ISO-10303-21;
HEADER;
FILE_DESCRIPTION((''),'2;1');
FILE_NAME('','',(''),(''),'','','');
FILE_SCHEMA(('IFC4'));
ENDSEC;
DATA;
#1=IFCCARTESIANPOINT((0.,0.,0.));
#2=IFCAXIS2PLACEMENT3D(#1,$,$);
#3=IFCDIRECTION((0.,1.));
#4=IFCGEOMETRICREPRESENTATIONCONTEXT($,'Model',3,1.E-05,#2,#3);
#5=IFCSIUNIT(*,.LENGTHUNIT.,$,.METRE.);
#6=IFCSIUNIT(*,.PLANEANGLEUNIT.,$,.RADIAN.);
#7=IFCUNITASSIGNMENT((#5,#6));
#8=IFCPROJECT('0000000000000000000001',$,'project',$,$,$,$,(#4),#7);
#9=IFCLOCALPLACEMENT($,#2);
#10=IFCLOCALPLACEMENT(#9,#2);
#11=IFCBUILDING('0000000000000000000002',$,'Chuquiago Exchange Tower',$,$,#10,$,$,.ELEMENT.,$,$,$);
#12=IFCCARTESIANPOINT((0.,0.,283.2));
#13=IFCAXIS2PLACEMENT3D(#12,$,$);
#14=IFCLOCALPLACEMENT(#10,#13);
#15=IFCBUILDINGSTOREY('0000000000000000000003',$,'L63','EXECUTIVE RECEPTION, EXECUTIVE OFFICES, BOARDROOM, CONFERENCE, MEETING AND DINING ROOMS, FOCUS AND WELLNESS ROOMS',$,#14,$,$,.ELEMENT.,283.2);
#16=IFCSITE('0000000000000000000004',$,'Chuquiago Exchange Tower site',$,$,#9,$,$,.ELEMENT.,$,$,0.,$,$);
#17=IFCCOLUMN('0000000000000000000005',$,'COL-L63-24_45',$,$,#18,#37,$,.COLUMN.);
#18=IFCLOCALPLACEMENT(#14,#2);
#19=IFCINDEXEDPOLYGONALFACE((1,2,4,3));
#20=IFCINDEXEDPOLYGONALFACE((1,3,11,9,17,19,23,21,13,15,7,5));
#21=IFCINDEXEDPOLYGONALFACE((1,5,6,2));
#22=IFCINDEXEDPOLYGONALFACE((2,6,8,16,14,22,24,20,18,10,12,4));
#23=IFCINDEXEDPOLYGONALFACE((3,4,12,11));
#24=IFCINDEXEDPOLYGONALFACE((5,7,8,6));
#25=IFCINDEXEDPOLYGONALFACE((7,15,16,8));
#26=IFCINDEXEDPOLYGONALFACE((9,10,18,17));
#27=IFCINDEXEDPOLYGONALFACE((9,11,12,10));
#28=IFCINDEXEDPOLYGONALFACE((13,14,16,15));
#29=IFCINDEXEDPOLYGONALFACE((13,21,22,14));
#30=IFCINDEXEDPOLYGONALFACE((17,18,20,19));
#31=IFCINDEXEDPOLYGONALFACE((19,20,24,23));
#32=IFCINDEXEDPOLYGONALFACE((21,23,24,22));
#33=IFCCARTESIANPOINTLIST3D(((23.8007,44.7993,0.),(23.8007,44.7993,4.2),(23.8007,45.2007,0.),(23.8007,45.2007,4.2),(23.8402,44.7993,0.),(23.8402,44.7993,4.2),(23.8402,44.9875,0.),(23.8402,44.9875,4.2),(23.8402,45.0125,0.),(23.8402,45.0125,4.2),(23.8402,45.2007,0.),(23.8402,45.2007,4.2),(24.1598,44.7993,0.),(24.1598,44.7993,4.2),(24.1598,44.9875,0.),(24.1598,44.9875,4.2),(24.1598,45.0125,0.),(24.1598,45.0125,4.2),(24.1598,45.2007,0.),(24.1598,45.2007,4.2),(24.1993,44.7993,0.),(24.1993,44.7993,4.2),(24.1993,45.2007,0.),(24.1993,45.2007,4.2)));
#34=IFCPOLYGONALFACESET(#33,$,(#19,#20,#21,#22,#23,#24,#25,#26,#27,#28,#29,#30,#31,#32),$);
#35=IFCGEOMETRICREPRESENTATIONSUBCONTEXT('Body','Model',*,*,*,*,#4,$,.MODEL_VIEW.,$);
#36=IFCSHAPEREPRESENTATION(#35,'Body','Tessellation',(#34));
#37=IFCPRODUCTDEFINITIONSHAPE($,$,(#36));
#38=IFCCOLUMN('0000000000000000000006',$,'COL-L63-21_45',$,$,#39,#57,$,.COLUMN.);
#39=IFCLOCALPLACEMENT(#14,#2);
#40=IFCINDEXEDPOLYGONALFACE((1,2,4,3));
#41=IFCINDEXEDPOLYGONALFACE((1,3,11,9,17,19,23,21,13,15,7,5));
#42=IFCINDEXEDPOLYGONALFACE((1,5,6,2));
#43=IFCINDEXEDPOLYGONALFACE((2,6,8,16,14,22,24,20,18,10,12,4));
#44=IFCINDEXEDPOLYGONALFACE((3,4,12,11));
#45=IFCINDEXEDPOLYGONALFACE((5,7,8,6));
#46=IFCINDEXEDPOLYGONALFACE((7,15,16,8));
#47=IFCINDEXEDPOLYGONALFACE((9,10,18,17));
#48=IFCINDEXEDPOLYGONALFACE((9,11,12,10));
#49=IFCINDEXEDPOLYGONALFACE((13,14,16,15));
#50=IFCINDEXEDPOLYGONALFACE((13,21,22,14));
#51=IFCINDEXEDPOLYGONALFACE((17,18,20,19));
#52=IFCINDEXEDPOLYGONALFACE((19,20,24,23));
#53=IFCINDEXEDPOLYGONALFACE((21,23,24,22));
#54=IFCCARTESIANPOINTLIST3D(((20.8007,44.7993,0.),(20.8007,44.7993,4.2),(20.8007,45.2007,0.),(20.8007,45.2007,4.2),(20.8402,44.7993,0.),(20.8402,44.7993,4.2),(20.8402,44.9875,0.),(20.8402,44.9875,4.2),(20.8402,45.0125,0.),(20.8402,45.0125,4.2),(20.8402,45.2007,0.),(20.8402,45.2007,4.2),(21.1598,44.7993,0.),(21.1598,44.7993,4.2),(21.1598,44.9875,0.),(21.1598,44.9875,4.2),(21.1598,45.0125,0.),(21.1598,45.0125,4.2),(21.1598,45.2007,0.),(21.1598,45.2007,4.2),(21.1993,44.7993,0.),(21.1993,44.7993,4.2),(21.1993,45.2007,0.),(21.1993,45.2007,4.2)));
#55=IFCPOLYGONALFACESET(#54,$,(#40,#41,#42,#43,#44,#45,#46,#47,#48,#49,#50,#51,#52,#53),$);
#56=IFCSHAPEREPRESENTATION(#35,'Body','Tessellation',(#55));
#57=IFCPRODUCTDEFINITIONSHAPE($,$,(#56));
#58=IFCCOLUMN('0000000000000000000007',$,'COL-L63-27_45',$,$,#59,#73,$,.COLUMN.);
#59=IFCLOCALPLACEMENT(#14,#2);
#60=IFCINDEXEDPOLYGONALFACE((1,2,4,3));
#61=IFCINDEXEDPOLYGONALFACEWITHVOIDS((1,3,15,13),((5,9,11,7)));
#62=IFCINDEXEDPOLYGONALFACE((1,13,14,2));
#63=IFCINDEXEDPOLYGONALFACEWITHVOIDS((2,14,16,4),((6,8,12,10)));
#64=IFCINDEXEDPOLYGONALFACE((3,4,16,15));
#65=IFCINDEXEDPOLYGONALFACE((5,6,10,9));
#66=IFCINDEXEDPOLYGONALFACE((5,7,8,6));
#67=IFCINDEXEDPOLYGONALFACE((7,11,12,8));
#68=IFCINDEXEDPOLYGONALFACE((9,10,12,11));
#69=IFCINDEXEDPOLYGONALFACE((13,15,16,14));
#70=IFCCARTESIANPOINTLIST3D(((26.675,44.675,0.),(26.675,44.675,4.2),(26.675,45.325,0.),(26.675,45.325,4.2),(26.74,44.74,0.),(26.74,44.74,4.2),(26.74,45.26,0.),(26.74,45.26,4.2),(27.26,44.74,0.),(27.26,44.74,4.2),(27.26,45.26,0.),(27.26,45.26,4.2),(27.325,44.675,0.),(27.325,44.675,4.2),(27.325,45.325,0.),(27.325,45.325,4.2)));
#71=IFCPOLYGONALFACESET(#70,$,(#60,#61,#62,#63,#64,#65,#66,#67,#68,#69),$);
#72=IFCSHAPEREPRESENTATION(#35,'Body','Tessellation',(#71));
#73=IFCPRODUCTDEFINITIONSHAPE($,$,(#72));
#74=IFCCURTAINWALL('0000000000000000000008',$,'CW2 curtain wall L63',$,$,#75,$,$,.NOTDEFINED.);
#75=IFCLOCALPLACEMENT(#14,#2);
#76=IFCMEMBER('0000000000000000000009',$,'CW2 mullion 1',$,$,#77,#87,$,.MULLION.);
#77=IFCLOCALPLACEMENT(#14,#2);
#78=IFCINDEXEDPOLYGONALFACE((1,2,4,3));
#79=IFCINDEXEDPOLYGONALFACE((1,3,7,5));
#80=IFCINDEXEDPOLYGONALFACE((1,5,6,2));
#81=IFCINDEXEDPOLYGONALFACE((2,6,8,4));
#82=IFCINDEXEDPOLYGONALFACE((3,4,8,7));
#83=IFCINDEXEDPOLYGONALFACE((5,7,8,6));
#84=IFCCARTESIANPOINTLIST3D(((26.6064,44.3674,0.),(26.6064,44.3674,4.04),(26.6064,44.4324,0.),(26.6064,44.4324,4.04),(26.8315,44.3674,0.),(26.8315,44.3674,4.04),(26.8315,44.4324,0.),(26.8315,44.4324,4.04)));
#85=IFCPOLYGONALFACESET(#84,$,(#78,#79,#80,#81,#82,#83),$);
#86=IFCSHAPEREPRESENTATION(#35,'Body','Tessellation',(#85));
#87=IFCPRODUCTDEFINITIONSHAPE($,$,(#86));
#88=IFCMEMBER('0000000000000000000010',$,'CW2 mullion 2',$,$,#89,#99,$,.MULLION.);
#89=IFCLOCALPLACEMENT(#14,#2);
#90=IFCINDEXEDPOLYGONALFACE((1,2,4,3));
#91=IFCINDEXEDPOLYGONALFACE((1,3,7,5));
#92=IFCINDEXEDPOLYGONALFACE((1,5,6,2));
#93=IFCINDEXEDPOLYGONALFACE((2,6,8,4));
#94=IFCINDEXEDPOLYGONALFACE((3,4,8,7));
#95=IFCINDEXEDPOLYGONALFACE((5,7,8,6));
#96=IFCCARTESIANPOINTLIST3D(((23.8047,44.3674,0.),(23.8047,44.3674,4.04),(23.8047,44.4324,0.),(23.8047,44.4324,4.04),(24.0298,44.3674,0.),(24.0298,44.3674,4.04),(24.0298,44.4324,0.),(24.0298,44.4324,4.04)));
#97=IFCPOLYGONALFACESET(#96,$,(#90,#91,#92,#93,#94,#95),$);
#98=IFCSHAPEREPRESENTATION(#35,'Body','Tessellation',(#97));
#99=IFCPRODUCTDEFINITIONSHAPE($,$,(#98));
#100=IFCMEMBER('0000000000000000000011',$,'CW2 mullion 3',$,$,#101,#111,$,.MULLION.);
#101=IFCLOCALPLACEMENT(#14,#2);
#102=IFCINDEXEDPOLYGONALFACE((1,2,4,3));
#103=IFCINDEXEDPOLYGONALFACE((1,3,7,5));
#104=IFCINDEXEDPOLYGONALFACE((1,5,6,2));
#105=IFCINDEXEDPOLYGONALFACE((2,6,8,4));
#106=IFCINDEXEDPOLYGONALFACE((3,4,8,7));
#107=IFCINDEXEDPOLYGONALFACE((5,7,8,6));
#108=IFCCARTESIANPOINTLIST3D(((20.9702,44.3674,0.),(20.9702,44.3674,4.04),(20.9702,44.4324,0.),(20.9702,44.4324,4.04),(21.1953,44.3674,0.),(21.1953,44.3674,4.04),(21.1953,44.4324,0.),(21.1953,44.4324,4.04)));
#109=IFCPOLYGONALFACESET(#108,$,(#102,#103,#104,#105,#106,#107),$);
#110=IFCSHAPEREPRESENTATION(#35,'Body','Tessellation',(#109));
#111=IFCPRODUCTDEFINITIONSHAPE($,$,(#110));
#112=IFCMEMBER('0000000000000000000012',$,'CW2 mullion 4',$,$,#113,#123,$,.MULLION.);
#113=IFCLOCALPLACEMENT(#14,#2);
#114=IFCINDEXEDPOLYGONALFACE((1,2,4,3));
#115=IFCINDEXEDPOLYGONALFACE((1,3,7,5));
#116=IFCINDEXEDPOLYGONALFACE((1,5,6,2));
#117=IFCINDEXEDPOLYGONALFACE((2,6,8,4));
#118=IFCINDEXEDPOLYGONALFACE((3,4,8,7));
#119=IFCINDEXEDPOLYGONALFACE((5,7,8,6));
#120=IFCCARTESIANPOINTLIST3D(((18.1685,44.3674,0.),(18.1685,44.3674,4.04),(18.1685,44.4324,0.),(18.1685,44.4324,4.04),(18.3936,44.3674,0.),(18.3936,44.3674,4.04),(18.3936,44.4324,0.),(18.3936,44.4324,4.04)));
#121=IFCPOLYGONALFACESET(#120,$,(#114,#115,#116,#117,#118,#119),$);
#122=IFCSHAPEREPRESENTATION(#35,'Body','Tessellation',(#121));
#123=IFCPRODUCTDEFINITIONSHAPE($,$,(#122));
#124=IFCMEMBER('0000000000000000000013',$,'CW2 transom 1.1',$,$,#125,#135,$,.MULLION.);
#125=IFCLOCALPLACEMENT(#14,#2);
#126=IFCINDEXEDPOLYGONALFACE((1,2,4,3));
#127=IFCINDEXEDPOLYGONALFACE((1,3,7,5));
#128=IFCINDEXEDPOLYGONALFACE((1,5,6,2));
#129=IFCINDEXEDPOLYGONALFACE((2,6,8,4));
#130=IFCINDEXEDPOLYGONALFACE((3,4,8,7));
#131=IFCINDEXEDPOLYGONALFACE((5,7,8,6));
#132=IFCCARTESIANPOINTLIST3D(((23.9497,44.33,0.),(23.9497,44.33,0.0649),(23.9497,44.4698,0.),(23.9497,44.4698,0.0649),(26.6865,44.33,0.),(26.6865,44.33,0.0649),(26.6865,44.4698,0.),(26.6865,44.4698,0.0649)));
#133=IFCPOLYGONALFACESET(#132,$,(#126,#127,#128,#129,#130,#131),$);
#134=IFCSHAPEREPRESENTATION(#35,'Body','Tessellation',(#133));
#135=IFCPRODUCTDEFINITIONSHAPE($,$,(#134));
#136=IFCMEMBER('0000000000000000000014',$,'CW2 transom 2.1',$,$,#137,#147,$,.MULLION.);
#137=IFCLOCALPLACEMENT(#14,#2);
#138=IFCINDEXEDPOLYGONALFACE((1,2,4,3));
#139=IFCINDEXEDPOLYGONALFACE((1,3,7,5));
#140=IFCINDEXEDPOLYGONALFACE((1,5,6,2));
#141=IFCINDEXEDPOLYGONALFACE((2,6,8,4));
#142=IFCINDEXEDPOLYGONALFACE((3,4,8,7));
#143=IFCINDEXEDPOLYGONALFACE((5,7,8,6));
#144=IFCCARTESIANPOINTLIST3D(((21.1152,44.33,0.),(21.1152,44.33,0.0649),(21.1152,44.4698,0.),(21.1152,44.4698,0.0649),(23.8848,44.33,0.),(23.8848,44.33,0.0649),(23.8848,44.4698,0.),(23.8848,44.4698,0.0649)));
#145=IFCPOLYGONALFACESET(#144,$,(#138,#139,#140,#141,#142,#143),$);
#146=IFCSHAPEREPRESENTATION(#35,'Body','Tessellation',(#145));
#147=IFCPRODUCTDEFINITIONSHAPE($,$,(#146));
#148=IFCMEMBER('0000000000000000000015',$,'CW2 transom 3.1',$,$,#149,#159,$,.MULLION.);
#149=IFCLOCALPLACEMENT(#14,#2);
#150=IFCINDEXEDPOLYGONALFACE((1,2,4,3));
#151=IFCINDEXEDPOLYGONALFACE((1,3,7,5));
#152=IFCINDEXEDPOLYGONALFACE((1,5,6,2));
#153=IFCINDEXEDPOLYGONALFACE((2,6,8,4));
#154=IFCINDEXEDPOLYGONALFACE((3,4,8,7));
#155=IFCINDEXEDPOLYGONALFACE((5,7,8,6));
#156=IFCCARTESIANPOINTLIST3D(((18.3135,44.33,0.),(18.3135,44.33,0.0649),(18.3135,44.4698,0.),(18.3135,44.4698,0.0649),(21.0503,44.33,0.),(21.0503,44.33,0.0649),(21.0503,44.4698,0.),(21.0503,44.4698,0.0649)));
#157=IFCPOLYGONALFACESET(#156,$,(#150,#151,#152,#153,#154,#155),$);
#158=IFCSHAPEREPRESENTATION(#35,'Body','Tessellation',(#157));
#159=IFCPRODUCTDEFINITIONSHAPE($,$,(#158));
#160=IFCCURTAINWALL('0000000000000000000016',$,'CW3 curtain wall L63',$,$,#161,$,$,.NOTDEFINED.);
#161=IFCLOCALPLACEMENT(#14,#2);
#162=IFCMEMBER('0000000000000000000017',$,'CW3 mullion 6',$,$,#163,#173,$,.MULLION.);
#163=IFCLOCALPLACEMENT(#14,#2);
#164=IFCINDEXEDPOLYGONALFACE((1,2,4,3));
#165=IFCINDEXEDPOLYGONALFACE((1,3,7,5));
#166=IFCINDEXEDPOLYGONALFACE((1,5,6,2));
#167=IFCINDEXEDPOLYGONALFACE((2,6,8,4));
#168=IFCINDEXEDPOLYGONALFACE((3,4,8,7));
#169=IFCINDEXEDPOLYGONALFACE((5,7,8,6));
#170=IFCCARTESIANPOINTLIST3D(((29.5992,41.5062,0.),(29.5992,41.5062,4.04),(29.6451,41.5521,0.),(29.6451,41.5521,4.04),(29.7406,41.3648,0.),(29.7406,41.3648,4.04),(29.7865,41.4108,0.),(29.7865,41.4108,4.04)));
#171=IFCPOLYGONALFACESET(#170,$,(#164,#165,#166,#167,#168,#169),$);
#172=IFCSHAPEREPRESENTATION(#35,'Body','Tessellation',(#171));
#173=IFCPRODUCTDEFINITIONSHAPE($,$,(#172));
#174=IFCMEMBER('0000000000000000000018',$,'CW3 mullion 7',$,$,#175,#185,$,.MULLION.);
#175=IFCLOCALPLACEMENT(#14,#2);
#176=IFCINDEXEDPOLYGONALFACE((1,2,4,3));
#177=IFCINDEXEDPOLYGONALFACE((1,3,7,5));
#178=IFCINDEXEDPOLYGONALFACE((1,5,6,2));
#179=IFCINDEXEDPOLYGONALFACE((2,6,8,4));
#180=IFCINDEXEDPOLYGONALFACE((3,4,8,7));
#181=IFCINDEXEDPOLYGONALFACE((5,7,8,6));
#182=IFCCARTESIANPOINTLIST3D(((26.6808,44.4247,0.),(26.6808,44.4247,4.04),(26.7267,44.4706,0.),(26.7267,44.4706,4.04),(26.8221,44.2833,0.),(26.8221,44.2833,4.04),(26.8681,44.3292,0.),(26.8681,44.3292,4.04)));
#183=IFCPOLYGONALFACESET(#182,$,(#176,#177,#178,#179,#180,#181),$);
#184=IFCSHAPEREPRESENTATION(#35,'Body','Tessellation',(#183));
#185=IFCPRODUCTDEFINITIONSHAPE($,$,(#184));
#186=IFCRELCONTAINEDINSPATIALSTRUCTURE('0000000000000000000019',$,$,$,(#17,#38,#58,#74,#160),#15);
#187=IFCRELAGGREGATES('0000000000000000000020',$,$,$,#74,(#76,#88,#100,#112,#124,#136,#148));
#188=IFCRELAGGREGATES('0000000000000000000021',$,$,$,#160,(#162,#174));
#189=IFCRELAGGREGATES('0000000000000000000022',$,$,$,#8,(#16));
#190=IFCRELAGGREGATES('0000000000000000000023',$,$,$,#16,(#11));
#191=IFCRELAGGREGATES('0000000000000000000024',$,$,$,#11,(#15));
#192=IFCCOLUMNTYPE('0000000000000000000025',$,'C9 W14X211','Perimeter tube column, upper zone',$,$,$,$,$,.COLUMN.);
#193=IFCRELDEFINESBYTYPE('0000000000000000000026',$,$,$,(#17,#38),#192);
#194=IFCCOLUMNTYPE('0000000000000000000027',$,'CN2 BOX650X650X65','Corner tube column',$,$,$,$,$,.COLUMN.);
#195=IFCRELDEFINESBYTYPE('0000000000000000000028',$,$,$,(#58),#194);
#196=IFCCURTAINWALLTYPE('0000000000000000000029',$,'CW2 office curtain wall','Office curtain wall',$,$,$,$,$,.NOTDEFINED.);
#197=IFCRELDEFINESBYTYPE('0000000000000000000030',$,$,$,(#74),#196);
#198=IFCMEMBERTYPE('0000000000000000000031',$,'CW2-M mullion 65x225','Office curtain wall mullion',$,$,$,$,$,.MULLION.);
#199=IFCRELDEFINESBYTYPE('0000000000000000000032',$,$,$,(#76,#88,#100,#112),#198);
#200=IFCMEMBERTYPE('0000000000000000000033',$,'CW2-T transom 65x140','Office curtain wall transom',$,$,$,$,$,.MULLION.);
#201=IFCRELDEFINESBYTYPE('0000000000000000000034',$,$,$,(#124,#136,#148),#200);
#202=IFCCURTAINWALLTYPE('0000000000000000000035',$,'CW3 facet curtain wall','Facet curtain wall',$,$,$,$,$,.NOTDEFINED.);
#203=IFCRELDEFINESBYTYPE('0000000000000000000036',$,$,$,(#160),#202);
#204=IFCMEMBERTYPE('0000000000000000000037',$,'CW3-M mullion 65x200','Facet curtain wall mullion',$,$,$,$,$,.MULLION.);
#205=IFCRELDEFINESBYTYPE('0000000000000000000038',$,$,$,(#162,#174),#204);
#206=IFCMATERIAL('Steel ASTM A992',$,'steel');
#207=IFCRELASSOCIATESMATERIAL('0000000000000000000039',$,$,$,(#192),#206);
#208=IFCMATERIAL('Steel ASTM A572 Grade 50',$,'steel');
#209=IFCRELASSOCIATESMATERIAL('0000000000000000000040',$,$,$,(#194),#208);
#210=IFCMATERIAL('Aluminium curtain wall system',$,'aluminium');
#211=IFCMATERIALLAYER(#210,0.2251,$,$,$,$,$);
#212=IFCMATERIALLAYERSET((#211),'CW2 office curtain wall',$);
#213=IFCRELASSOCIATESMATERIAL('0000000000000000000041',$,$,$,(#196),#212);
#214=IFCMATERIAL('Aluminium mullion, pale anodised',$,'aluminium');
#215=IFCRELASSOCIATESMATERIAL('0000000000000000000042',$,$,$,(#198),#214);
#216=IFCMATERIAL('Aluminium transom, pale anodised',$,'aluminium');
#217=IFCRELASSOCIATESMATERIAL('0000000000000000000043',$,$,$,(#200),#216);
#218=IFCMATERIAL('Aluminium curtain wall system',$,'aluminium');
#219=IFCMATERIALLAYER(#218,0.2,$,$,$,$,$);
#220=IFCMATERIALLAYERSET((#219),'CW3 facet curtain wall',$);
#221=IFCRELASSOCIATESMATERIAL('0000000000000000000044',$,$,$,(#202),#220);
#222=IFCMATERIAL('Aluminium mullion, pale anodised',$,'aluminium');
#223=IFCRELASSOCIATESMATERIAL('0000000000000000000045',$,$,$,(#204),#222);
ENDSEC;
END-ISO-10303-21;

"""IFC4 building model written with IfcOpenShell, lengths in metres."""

from ifc_helpers import new_model, si_unit, direction, frame, origin, origin_2d, place, context, subcontext, project, spatial, rectangle, hollow_rectangle, i_section, extrude, material, layer, layer_set, material_profile, profile_set, type_object, element, aggregate, save


model = new_model("IFC4")

# Units and contexts
model_context = context("Model", 3, precision=1e-05, world=origin(), true_north=direction((0.0, 1.0)))
body_context = subcontext(model_context, "Body", "Model", "MODEL_VIEW")
ifc_project = project(units=[si_unit("LENGTHUNIT", "METRE"), si_unit("PLANEANGLEUNIT", "RADIAN")], contexts=[model_context])

# Site, building, storey
site_placement = place(None, origin())
site = spatial("IfcSite", under=ifc_project, at=site_placement, Name="Chuquiago Exchange Tower site", CompositionType="ELEMENT", RefElevation=0.0)
building_placement = place(site_placement, origin())
building = spatial("IfcBuilding", under=site, at=building_placement, Name="Chuquiago Exchange Tower", CompositionType="ELEMENT")
storey_placement = place(building_placement, frame((0.0, 0.0, 283.2)))
storey = spatial("IfcBuildingStorey", under=building, at=storey_placement, Name="L63", Description="EXECUTIVE RECEPTION, EXECUTIVE OFFICES, BOARDROOM, CONFERENCE, MEETING AND DINING ROOMS, FOCUS AND WELLNESS ROOMS", CompositionType="ELEMENT", Elevation=283.2)

# Columns
ifc_material_1 = material(Name="Steel ASTM A992", Category="steel")
ifc_material_profile_1 = material_profile(ifc_material_1, i_section(OverallWidth=0.4014, OverallDepth=0.3987, WebThickness=0.0249, FlangeThickness=0.0396, at=origin_2d()), Name="W14X211")
ifc_profile_set_1 = profile_set([ifc_material_profile_1], Name="Steel ASTM A992")
column_type_1 = type_object("IfcColumnType", Name="C9 W14X211", Description="Perimeter tube column, upper zone", PredefinedType="COLUMN", material=ifc_profile_set_1)
for number, where, z_axis, x_axis, name in (
    (1, (24.0, 45.0, 0.0), (0.0, 0.0, 1.0), (0.0, 1.0, 0.0), "COL-L63-24_45"),
    (2, (21.0, 45.0, 0.0), (0.0, 0.0, 1.0), (0.0, 1.0, 0.0), "COL-L63-21_45"),
):
    element("IfcColumn", number, at=place(storey_placement, frame(where, z_axis=z_axis, x_axis=x_axis)), inside=storey, type_object=column_type_1, Name=name, PredefinedType="COLUMN", context=body_context, shape_type="SweptSolid", body=[
        extrude(i_section(OverallWidth=0.4014, OverallDepth=0.3987, WebThickness=0.0249, FlangeThickness=0.0396, at=origin_2d()), origin(), (0.0, 0.0, 1.0), 4.2),
    ])
ifc_material_2 = material(Name="Steel ASTM A572 Grade 50", Category="steel")
ifc_material_profile_2 = material_profile(ifc_material_2, hollow_rectangle(XDim=0.6499, YDim=0.6499, WallThickness=0.0649, at=origin_2d()), Name="BOX650X650X65")
ifc_profile_set_2 = profile_set([ifc_material_profile_2], Name="Steel ASTM A572 Grade 50")
column_type_2 = type_object("IfcColumnType", Name="CN2 BOX650X650X65", Description="Corner tube column", PredefinedType="COLUMN", material=ifc_profile_set_2)
column_placement = place(storey_placement, frame((27.0, 45.0, 0.0), z_axis=(0.0, 0.0, 1.0), x_axis=(0.0, 1.0, 0.0)))
element("IfcColumn", 3, at=column_placement, inside=storey, type_object=column_type_2, Name="COL-L63-27_45", PredefinedType="COLUMN", context=body_context, shape_type="SweptSolid", body=[
    extrude(hollow_rectangle(XDim=0.6499, YDim=0.6499, WallThickness=0.0649, at=origin_2d()), origin(), (0.0, 0.0, 1.0), 4.2),
])

# Curtain walls, members
ifc_material_3 = material(Name="Aluminium curtain wall system", Category="aluminium")
ifc_layer_1 = layer(ifc_material_3, 0.2251)
ifc_layer_set_1 = layer_set([ifc_layer_1], Name="CW2 office curtain wall")
curtain_wall_type_1 = type_object("IfcCurtainWallType", Name="CW2 office curtain wall", Description="Office curtain wall", PredefinedType="NOTDEFINED", material=ifc_layer_set_1)
curtain_wall_1_placement = place(storey_placement, origin())
curtain_wall_1 = element("IfcCurtainWall", 4, at=curtain_wall_1_placement, inside=storey, type_object=curtain_wall_type_1, Name="CW2 curtain wall L63", PredefinedType="NOTDEFINED")
ifc_material_4 = material(Name="Aluminium mullion, pale anodised", Category="aluminium")
ifc_material_profile_3 = material_profile(ifc_material_4, rectangle(XDim=0.0649, YDim=0.2251, at=origin_2d()), Name="AL 65x225")
ifc_profile_set_3 = profile_set([ifc_material_profile_3], Name="Aluminium mullion, pale anodised")
member_type_1 = type_object("IfcMemberType", Name="CW2-M mullion 65x225", Description="Office curtain wall mullion", PredefinedType="MULLION", material=ifc_profile_set_3)
member_1_placement = place(storey_placement, frame((26.719, 44.3999, 0.0), z_axis=(0.0, 0.0, 1.0), x_axis=(0.0, -1.0, 0.0)))
member_1 = element("IfcMember", 5, at=member_1_placement, type_object=member_type_1, Name="CW2 mullion 1", PredefinedType="MULLION", context=body_context, shape_type="SweptSolid", body=[
    extrude(rectangle(XDim=0.0649, YDim=0.2251, at=origin_2d()), origin(), (0.0, 0.0, 1.0), 4.04),
])
member_2_placement = place(storey_placement, frame((23.9172, 44.3999, 0.0), z_axis=(0.0, 0.0, 1.0), x_axis=(0.0, -1.0, 0.0)))
member_2 = element("IfcMember", 6, at=member_2_placement, type_object=member_type_1, Name="CW2 mullion 2", PredefinedType="MULLION", context=body_context, shape_type="SweptSolid", body=[
    extrude(rectangle(XDim=0.0649, YDim=0.2251, at=origin_2d()), origin(), (0.0, 0.0, 1.0), 4.04),
])
member_3_placement = place(storey_placement, frame((21.0828, 44.3999, 0.0), z_axis=(0.0, 0.0, 1.0), x_axis=(0.0, -1.0, 0.0)))
member_3 = element("IfcMember", 7, at=member_3_placement, type_object=member_type_1, Name="CW2 mullion 3", PredefinedType="MULLION", context=body_context, shape_type="SweptSolid", body=[
    extrude(rectangle(XDim=0.0649, YDim=0.2251, at=origin_2d()), origin(), (0.0, 0.0, 1.0), 4.04),
])
member_4_placement = place(storey_placement, frame((18.281, 44.3999, 0.0), z_axis=(0.0, 0.0, 1.0), x_axis=(0.0, -1.0, 0.0)))
member_4 = element("IfcMember", 8, at=member_4_placement, type_object=member_type_1, Name="CW2 mullion 4", PredefinedType="MULLION", context=body_context, shape_type="SweptSolid", body=[
    extrude(rectangle(XDim=0.0649, YDim=0.2251, at=origin_2d()), origin(), (0.0, 0.0, 1.0), 4.04),
])
ifc_material_5 = material(Name="Aluminium transom, pale anodised", Category="aluminium")
ifc_material_profile_4 = material_profile(ifc_material_5, rectangle(XDim=0.1399, YDim=0.0649, at=origin_2d()), Name="AL 140x65")
ifc_profile_set_4 = profile_set([ifc_material_profile_4], Name="Aluminium transom, pale anodised")
member_type_2 = type_object("IfcMemberType", Name="CW2-T transom 65x140", Description="Office curtain wall transom", PredefinedType="MULLION", material=ifc_profile_set_4)
member_5_placement = place(storey_placement, frame((26.6865, 44.3999, 0.0325), z_axis=(-1.0, 0.0, 0.0), x_axis=(0.0, -1.0, 0.0)))
member_5 = element("IfcMember", 9, at=member_5_placement, type_object=member_type_2, Name="CW2 transom 1.1", PredefinedType="MULLION", context=body_context, shape_type="SweptSolid", body=[
    extrude(rectangle(XDim=0.1399, YDim=0.0649, at=origin_2d()), origin(), (0.0, 0.0, 1.0), 2.7368),
])
member_6_placement = place(storey_placement, frame((23.8848, 44.3999, 0.0325), z_axis=(-1.0, 0.0, 0.0), x_axis=(0.0, -1.0, 0.0)))
member_6 = element("IfcMember", 10, at=member_6_placement, type_object=member_type_2, Name="CW2 transom 2.1", PredefinedType="MULLION", context=body_context, shape_type="SweptSolid", body=[
    extrude(rectangle(XDim=0.1399, YDim=0.0649, at=origin_2d()), origin(), (0.0, 0.0, 1.0), 2.7695),
])
member_7_placement = place(storey_placement, frame((21.0503, 44.3999, 0.0325), z_axis=(-1.0, 0.0, 0.0), x_axis=(0.0, -1.0, 0.0)))
member_7 = element("IfcMember", 11, at=member_7_placement, type_object=member_type_2, Name="CW2 transom 3.1", PredefinedType="MULLION", context=body_context, shape_type="SweptSolid", body=[
    extrude(rectangle(XDim=0.1399, YDim=0.0649, at=origin_2d()), origin(), (0.0, 0.0, 1.0), 2.7368),
])
ifc_material_6 = material(Name="Aluminium curtain wall system", Category="aluminium")
ifc_layer_2 = layer(ifc_material_6, 0.2)
ifc_layer_set_2 = layer_set([ifc_layer_2], Name="CW3 facet curtain wall")
curtain_wall_type_2 = type_object("IfcCurtainWallType", Name="CW3 facet curtain wall", Description="Facet curtain wall", PredefinedType="NOTDEFINED", material=ifc_layer_set_2)
curtain_wall_2_placement = place(storey_placement, origin())
curtain_wall_2 = element("IfcCurtainWall", 12, at=curtain_wall_2_placement, inside=storey, type_object=curtain_wall_type_2, Name="CW3 curtain wall L63", PredefinedType="NOTDEFINED")
ifc_material_7 = material(Name="Aluminium mullion, pale anodised", Category="aluminium")
ifc_material_profile_5 = material_profile(ifc_material_7, rectangle(XDim=0.0649, YDim=0.2, at=origin_2d()), Name="AL 65x200")
ifc_profile_set_5 = profile_set([ifc_material_profile_5], Name="Aluminium mullion, pale anodised")
member_type_3 = type_object("IfcMemberType", Name="CW3-M mullion 65x200", Description="Facet curtain wall mullion", PredefinedType="MULLION", material=ifc_profile_set_5)
member_8_placement = place(storey_placement, frame((29.6929, 41.4585, 0.0), z_axis=(0.0, 0.0, 1.0), x_axis=(-0.707107, -0.707107, 0.0)))
member_8 = element("IfcMember", 13, at=member_8_placement, type_object=member_type_3, Name="CW3 mullion 6", PredefinedType="MULLION", context=body_context, shape_type="SweptSolid", body=[
    extrude(rectangle(XDim=0.0649, YDim=0.2, at=origin_2d()), origin(), (0.0, 0.0, 1.0), 4.04),
])
member_9_placement = place(storey_placement, frame((26.7744, 44.377, 0.0), z_axis=(0.0, 0.0, 1.0), x_axis=(-0.707107, -0.707107, 0.0)))
member_9 = element("IfcMember", 14, at=member_9_placement, type_object=member_type_3, Name="CW3 mullion 7", PredefinedType="MULLION", context=body_context, shape_type="SweptSolid", body=[
    extrude(rectangle(XDim=0.0649, YDim=0.2, at=origin_2d()), origin(), (0.0, 0.0, 1.0), 4.04),
])

aggregate(curtain_wall_1, [member_1, member_2, member_3, member_4, member_5, member_6, member_7])
aggregate(curtain_wall_2, [member_8, member_9])

save(model, "model.ifc")
